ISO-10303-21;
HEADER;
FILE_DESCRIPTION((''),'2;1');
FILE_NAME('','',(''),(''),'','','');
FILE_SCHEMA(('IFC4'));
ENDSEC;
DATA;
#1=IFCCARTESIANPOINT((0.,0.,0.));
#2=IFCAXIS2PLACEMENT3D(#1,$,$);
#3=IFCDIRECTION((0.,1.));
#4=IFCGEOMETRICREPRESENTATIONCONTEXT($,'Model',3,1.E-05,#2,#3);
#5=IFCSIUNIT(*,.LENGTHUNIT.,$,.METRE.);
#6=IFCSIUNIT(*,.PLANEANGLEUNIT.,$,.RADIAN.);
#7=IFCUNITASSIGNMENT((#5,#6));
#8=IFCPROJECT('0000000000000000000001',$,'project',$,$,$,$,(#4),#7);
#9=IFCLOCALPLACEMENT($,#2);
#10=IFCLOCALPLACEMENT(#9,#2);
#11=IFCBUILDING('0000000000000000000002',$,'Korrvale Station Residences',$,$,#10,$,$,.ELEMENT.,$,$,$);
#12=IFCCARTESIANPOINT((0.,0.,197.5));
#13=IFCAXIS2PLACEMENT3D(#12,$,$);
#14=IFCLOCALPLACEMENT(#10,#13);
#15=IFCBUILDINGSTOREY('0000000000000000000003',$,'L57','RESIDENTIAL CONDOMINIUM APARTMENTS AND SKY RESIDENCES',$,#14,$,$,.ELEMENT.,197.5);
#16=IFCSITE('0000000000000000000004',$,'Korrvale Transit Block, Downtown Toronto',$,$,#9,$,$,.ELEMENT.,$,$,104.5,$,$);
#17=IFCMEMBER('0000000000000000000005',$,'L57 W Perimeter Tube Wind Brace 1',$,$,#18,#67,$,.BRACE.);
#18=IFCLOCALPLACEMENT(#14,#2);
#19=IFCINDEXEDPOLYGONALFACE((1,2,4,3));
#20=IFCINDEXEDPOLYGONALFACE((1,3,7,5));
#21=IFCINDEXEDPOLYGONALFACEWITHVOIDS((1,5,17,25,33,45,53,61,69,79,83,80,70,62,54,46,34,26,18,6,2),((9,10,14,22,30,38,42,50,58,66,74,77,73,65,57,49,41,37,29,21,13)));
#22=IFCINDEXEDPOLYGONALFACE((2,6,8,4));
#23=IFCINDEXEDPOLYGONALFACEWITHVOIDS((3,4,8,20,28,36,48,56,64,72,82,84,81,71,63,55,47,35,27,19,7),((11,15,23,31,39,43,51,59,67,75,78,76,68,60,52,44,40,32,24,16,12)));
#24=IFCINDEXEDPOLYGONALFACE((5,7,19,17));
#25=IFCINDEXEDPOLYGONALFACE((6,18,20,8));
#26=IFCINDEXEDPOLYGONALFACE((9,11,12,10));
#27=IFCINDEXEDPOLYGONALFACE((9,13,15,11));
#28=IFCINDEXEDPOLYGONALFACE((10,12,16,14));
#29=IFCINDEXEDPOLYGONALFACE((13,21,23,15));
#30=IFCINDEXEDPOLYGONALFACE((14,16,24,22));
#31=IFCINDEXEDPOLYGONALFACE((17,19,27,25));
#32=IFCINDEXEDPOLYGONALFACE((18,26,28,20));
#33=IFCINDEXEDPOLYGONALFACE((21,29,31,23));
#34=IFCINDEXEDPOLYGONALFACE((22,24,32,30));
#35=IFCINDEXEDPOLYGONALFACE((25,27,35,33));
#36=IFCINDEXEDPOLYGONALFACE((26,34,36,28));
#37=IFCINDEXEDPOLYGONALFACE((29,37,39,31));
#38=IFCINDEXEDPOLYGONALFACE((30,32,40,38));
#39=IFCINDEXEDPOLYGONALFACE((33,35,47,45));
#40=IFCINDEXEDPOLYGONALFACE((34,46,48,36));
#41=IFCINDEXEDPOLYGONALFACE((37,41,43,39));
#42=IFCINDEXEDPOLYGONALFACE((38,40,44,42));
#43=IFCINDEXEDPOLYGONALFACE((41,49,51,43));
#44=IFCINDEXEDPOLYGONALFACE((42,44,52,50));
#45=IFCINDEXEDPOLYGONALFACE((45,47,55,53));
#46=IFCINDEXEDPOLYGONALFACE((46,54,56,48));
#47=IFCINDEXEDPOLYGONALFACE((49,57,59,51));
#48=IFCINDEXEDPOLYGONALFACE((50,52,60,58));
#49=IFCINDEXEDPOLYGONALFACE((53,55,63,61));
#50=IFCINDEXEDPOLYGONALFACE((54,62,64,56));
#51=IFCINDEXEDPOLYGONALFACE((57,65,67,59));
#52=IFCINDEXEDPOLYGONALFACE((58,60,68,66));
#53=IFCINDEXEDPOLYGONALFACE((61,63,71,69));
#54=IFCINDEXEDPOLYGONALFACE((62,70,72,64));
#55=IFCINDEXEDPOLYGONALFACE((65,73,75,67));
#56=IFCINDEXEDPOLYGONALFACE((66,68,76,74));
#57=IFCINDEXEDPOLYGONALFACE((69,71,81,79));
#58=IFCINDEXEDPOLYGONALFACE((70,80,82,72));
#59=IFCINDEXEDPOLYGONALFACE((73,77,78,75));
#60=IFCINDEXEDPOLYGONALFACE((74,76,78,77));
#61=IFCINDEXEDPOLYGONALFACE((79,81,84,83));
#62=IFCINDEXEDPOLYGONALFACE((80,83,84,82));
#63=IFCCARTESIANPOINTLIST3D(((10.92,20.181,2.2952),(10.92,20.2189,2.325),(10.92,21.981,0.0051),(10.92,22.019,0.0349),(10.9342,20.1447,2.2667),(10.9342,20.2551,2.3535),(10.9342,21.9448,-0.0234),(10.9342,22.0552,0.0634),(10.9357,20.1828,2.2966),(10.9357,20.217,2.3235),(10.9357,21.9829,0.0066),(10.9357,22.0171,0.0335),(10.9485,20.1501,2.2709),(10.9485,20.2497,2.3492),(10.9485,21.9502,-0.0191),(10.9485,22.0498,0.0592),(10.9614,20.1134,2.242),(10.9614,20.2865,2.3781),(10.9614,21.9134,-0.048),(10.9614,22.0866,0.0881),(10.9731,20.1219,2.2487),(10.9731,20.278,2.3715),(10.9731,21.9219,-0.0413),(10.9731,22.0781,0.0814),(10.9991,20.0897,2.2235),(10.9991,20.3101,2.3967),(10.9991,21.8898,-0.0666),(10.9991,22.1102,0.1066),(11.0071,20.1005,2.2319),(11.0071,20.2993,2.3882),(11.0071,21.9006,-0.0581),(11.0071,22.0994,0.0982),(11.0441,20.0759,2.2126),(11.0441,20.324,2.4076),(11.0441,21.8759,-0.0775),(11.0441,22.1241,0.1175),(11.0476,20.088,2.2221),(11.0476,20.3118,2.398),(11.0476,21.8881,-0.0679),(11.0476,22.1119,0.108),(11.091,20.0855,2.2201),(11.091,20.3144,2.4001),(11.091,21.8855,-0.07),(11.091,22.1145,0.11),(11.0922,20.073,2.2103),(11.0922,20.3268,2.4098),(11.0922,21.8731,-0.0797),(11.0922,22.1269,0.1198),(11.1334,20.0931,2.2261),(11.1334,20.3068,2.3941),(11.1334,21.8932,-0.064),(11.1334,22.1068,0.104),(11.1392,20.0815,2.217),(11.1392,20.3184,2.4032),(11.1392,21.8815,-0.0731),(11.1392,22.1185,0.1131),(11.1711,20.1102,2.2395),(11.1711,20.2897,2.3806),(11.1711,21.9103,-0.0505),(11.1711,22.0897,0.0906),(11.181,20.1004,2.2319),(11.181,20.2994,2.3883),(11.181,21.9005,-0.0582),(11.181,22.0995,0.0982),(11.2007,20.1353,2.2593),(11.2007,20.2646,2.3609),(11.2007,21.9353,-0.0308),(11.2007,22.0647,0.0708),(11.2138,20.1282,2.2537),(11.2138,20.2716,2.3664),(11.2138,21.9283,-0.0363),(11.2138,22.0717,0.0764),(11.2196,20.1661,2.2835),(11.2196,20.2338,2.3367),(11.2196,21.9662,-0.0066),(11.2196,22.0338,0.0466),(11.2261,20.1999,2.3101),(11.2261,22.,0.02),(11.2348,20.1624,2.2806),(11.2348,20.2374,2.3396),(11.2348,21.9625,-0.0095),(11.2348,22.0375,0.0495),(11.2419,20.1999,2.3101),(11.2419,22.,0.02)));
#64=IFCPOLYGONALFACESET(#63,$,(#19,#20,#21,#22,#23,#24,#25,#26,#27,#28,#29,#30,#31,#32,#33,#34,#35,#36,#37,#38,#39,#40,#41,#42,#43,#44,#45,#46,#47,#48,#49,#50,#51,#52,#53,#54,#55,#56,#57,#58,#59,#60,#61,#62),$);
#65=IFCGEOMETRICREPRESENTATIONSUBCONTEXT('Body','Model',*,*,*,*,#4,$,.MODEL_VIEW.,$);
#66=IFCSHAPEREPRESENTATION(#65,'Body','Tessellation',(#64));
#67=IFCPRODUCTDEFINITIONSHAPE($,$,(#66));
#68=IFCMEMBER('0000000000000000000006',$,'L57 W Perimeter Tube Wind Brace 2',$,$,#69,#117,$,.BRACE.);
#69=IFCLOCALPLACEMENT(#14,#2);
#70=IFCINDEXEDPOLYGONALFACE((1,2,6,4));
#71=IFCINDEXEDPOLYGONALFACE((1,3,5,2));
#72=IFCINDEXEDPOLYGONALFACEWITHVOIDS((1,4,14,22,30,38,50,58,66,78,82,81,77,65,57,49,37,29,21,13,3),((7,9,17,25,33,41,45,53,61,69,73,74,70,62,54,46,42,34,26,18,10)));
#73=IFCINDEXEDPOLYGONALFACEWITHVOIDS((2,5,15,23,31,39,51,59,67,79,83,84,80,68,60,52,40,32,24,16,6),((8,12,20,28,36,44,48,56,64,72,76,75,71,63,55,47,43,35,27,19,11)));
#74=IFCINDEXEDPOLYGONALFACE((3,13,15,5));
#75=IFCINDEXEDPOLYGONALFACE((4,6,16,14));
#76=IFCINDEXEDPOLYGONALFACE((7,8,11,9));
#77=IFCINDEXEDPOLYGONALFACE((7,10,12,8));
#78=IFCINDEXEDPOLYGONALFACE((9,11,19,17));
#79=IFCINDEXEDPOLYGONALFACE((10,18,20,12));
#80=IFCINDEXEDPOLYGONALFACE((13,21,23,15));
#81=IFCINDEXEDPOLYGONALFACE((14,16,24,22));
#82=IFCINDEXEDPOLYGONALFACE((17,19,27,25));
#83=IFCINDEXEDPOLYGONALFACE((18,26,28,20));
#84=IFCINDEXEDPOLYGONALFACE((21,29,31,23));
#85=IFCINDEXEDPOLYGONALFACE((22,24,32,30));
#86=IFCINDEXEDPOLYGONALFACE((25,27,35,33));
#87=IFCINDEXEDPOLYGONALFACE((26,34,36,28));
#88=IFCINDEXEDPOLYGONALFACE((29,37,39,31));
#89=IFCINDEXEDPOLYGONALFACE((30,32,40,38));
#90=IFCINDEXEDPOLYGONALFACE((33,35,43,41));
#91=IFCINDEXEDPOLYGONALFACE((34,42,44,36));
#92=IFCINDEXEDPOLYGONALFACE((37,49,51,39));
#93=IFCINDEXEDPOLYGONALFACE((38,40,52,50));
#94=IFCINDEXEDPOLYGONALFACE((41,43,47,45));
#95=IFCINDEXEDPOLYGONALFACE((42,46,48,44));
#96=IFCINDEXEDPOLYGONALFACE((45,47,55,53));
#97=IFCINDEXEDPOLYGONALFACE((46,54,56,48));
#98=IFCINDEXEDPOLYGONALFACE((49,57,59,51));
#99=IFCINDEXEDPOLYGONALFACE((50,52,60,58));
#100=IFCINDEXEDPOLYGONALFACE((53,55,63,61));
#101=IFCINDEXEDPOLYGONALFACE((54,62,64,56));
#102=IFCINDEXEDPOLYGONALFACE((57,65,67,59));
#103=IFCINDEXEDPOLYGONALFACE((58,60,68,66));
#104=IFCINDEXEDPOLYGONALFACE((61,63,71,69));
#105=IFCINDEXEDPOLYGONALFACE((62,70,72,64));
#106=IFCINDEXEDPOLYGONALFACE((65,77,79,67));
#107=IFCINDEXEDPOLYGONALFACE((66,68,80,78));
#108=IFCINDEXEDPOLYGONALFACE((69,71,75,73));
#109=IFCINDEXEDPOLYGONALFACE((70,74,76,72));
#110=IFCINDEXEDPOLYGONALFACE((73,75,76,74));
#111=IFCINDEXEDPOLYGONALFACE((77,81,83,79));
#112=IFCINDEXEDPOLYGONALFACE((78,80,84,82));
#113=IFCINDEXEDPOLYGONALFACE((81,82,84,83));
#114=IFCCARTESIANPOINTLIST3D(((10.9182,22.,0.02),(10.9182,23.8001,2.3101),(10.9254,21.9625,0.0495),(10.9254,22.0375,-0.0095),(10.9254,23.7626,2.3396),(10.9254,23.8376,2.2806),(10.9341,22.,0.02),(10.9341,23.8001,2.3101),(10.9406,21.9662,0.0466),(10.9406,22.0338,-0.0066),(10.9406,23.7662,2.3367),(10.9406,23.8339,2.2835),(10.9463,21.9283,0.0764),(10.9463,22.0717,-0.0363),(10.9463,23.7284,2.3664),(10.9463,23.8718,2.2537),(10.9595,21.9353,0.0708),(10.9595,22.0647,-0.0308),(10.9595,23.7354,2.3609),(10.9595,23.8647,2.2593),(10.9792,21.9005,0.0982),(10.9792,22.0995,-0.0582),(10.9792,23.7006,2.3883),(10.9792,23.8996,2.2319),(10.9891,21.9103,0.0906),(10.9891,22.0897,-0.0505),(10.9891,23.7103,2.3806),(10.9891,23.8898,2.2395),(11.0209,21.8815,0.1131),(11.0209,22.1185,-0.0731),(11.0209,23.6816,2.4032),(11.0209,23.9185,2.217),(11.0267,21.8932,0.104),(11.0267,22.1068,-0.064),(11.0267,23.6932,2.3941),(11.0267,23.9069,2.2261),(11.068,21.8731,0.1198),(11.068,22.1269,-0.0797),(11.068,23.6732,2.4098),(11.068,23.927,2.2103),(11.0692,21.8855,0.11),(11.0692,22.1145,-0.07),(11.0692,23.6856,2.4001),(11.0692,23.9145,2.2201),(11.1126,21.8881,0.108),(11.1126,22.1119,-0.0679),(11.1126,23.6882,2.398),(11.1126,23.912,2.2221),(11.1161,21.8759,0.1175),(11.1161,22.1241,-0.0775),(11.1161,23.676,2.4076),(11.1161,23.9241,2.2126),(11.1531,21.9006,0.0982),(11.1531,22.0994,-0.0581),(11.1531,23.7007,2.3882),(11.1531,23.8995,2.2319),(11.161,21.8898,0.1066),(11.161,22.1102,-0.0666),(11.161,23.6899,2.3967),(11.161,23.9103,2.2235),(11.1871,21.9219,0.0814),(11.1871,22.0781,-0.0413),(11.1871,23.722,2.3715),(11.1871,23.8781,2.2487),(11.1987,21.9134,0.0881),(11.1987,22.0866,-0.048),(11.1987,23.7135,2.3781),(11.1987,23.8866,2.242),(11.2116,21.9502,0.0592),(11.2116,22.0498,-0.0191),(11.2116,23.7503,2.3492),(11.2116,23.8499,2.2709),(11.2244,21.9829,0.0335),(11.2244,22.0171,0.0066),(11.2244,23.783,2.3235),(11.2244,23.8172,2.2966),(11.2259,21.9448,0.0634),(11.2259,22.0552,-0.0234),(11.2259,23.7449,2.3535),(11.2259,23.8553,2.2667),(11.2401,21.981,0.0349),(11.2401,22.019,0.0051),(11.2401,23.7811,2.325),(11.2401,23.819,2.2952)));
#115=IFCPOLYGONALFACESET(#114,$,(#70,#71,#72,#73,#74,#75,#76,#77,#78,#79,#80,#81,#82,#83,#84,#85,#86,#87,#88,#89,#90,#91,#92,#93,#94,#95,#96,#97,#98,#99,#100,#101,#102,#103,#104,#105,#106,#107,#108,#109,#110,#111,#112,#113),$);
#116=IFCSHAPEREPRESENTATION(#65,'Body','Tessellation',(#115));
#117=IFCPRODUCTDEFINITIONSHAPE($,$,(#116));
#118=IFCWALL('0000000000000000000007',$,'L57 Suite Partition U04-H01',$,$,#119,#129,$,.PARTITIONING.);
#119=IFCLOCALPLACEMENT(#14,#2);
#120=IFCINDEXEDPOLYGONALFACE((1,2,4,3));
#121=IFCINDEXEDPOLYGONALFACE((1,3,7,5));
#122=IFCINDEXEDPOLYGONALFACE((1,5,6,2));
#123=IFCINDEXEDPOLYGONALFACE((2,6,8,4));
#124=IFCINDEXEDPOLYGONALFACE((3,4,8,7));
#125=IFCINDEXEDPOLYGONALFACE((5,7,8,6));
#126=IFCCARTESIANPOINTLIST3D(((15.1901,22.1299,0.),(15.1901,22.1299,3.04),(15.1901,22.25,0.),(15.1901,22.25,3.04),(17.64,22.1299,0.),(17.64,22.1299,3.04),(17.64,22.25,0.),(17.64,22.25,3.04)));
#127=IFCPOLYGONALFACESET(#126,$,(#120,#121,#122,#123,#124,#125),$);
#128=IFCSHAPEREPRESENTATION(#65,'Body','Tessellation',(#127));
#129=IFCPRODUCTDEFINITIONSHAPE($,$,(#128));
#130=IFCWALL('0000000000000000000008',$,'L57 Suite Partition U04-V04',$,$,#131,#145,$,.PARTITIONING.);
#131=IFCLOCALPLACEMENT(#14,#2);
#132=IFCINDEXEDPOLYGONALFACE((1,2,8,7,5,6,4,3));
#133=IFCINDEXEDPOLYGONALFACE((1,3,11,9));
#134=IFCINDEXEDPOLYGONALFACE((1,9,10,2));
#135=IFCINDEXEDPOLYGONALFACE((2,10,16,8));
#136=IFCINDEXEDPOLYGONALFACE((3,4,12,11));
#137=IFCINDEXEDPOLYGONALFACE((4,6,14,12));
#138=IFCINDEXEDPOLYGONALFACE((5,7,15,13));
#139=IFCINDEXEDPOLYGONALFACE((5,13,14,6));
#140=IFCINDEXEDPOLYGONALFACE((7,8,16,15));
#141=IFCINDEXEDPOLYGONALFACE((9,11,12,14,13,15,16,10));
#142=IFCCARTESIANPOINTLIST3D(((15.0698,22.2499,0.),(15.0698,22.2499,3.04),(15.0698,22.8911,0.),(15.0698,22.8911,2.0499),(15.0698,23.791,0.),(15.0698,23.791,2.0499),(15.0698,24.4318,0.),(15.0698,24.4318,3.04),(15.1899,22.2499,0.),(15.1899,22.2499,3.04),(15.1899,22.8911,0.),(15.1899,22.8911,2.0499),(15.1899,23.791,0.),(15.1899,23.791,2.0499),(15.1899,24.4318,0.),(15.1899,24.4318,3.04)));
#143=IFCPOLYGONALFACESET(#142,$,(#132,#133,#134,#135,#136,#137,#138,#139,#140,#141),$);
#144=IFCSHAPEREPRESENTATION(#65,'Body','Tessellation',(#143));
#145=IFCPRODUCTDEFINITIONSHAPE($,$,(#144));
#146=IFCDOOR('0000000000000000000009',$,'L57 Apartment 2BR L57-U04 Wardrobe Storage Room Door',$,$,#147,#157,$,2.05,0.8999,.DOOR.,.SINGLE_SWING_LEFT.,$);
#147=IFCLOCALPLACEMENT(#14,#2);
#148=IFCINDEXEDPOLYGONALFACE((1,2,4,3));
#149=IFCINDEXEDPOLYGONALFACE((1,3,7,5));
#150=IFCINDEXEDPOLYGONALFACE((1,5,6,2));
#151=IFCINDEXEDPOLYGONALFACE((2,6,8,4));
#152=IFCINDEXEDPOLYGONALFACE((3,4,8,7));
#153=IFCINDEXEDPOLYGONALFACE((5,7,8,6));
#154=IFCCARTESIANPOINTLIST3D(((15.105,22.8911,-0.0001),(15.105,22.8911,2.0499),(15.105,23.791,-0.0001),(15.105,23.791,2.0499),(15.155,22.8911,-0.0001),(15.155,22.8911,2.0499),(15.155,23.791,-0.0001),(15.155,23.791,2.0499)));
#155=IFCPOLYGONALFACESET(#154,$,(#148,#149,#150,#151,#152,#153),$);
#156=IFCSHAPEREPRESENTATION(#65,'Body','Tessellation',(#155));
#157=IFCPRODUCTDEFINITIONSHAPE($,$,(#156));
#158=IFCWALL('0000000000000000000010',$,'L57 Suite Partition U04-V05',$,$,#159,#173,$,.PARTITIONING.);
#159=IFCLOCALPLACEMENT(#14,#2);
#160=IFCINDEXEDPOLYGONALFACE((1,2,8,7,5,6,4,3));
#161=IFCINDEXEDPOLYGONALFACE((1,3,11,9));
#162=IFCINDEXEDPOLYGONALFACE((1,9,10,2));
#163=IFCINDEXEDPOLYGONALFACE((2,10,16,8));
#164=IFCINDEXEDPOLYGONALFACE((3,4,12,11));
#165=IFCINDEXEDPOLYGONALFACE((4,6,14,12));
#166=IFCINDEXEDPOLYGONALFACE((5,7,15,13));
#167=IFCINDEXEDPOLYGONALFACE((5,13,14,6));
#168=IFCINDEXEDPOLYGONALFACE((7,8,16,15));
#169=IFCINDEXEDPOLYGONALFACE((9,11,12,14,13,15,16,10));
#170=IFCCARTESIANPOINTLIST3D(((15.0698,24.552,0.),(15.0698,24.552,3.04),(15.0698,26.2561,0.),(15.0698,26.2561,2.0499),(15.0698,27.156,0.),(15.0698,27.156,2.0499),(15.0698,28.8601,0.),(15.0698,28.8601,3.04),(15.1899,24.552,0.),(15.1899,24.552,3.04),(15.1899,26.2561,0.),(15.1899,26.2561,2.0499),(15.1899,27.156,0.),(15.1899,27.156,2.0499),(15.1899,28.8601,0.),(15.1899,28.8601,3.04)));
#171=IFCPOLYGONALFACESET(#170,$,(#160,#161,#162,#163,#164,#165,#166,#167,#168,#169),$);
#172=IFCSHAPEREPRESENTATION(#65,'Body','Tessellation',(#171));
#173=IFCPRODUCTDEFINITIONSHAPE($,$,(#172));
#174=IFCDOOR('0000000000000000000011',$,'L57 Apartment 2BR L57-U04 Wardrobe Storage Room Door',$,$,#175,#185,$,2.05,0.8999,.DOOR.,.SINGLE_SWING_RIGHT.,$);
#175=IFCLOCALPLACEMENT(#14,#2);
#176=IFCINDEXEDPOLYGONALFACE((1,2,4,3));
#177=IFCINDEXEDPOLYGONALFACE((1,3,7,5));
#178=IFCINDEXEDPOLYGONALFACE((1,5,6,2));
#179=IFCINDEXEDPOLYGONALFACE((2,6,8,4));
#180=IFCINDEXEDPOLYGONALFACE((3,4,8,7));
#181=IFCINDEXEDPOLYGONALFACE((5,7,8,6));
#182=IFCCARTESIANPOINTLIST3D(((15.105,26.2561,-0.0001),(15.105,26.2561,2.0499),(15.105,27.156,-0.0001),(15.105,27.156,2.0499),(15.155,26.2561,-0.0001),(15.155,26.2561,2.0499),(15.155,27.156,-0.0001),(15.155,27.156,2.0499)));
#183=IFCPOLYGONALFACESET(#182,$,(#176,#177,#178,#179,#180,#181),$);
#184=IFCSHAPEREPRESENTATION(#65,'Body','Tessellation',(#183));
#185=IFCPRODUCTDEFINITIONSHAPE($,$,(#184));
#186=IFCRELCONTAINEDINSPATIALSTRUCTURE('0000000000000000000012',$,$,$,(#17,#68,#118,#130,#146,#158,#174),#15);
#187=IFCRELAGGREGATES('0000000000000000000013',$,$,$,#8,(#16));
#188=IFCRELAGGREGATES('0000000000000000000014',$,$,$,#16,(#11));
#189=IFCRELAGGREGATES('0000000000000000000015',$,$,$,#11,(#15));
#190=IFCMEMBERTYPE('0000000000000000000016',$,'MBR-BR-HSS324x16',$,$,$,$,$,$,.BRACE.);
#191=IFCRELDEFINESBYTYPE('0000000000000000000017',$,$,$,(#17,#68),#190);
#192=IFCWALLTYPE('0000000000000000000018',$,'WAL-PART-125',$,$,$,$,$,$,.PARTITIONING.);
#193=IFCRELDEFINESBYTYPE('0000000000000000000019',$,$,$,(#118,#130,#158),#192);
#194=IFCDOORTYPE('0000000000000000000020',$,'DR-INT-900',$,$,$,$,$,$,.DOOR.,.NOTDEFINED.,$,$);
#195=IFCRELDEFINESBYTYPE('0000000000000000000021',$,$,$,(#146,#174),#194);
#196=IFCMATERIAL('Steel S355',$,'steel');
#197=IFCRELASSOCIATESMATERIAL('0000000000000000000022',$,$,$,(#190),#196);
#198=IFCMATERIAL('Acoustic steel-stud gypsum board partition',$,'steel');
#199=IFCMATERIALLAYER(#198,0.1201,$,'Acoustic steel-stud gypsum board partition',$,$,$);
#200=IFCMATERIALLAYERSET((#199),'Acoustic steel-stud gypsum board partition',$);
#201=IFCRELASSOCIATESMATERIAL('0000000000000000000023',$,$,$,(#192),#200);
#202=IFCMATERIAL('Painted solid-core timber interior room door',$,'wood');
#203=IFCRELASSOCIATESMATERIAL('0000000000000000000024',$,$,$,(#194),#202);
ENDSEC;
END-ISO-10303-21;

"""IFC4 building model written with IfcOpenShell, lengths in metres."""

from ifc_helpers import new_model, si_unit, direction, frame, frame_2d, origin, origin_2d, place, context, subcontext, project, spatial, rectangle, hollow_circle, extrude, material, layer, layer_set, material_profile, profile_set, type_object, element, fill, save


model = new_model("IFC4")

# Units and contexts
model_context = context("Model", 3, precision=1e-05, world=origin(), true_north=direction((0.0, 1.0)))
body_context = subcontext(model_context, "Body", "Model", "MODEL_VIEW")
ifc_project = project(units=[si_unit("LENGTHUNIT", "METRE"), si_unit("PLANEANGLEUNIT", "RADIAN")], contexts=[model_context])

# Site, building, storey
site_placement = place(None, origin())
site = spatial("IfcSite", under=ifc_project, at=site_placement, Name="Korrvale Transit Block, Downtown Toronto", CompositionType="ELEMENT", RefElevation=104.5)
building_placement = place(site_placement, origin())
building = spatial("IfcBuilding", under=site, at=building_placement, Name="Korrvale Station Residences", CompositionType="ELEMENT")
storey_placement = place(building_placement, frame((0.0, 0.0, 197.5)))
storey = spatial("IfcBuildingStorey", under=building, at=storey_placement, Name="L57", Description="RESIDENTIAL CONDOMINIUM APARTMENTS AND SKY RESIDENCES", CompositionType="ELEMENT", Elevation=197.5)

# Shared definitions
ifc_material_1 = material(Name="Steel S355", Category="steel")

# Members
ifc_material_profile_1 = material_profile(ifc_material_1, hollow_circle(Radius=0.1619, WallThickness=0.0159, at=origin_2d()), Name="HSS324x16")
ifc_profile_set_1 = profile_set([ifc_material_profile_1], Name="Steel S355")
member_type = type_object("IfcMemberType", Name="MBR-BR-HSS324x16", PredefinedType="BRACE", material=ifc_profile_set_1)
for number, where, z_axis, x_axis, name in (
    (1, (11.0801, 22.0, 0.02), (0.0, -0.617977, 0.786196), (1.0, 0.0, 0.0), "L57 W Perimeter Tube Wind Brace 1"),
    (2, (11.0801, 22.0, 0.02), (0.0, 0.617977, 0.786196), (-1.0, 0.0, 0.0), "L57 W Perimeter Tube Wind Brace 2"),
):
    element("IfcMember", number, at=place(storey_placement, frame(where, z_axis=z_axis, x_axis=x_axis)), inside=storey, type_object=member_type, Name=name, PredefinedType="BRACE", context=body_context, shape_type="SweptSolid", body=[
        extrude(hollow_circle(Radius=0.1619, WallThickness=0.0159, at=origin_2d()), origin(), (0.0, 0.0, 1.0), 2.9128),
    ])

# Wall
ifc_material_2 = material(Name="Acoustic steel-stud gypsum board partition", Category="steel")
ifc_layer_1 = layer(ifc_material_2, 0.1201, Name="Acoustic steel-stud gypsum board partition")
ifc_layer_set_1 = layer_set([ifc_layer_1], Name="Acoustic steel-stud gypsum board partition")
wall_type_1 = type_object("IfcWallType", Name="WAL-PART-125", PredefinedType="PARTITIONING", material=ifc_layer_set_1)
wall_1_placement = place(storey_placement, frame((15.1899, 22.1899, 0.0), z_axis=(0.0, 0.0, 1.0), x_axis=(1.0, 0.0, 0.0)))
element("IfcWall", 3, at=wall_1_placement, inside=storey, type_object=wall_type_1, Name="L57 Suite Partition U04-H01", PredefinedType="PARTITIONING", context=body_context, shape_type="SweptSolid", body=[
    extrude(rectangle(XDim=2.45, YDim=0.1201, at=frame_2d((1.2251, 0.0))), origin(), (0.0, 0.0, 1.0), 3.04),
])

# Walls, openings, doors
wall_2_placement = place(storey_placement, frame((15.1299, 22.25, 0.0), z_axis=(0.0, 0.0, 1.0), x_axis=(0.0, 1.0, 0.0)))
wall_2 = element("IfcWall", 4, at=wall_2_placement, inside=storey, type_object=wall_type_1, Name="L57 Suite Partition U04-V04", PredefinedType="PARTITIONING", context=body_context, shape_type="SweptSolid", body=[
    extrude(rectangle(XDim=2.1819, YDim=0.1201, at=frame_2d((1.0908, 0.0))), origin(), (0.0, 0.0, 1.0), 3.04),
])
opening_1_placement = place(wall_2_placement, frame((0.6411, 0.0, 0.0)))
opening_1 = element("IfcOpeningElement", 5, at=opening_1_placement, cuts=wall_2, PredefinedType="OPENING", context=body_context, shape_type="SweptSolid", body=[
    extrude(rectangle(XDim=0.8999, YDim=2.05, at=frame_2d((0.45, 1.0249))), frame((0.0, 0.0701, 0.0), z_axis=(0.0, -1.0, 0.0), x_axis=(1.0, 0.0, 0.0)), (0.0, 0.0, 1.0), 0.1401),
])
ifc_material_3 = material(Name="Painted solid-core timber interior room door", Category="wood")
door_type = type_object("IfcDoorType", Name="DR-INT-900", OperationType="NOTDEFINED", PredefinedType="DOOR", material=ifc_material_3)
door_1_placement = place(opening_1_placement, origin())
door_1 = element("IfcDoor", 6, at=door_1_placement, inside=storey, type_object=door_type, Name="L57 Apartment 2BR L57-U04 Wardrobe Storage Room Door", OperationType="SINGLE_SWING_LEFT", OverallHeight=2.05, OverallWidth=0.8999, PredefinedType="DOOR", context=body_context, shape_type="SweptSolid", body=[
    extrude(rectangle(XDim=0.8999, YDim=2.05, at=frame_2d((0.45, 1.0249))), frame((0.0, 0.0249, 0.0), z_axis=(0.0, -1.0, 0.0), x_axis=(1.0, 0.0, 0.0)), (0.0, 0.0, 1.0), 0.05),
])
fill(opening_1, door_1)
wall_3_placement = place(storey_placement, frame((15.1299, 24.552, 0.0), z_axis=(0.0, 0.0, 1.0), x_axis=(0.0, 1.0, 0.0)))
wall_3 = element("IfcWall", 7, at=wall_3_placement, inside=storey, type_object=wall_type_1, Name="L57 Suite Partition U04-V05", PredefinedType="PARTITIONING", context=body_context, shape_type="SweptSolid", body=[
    extrude(rectangle(XDim=4.3081, YDim=0.1201, at=frame_2d((2.1541, 0.0))), origin(), (0.0, 0.0, 1.0), 3.04),
])
opening_2_placement = place(wall_3_placement, frame((1.7041, 0.0, 0.0)))
opening_2 = element("IfcOpeningElement", 8, at=opening_2_placement, cuts=wall_3, PredefinedType="OPENING", context=body_context, shape_type="SweptSolid", body=[
    extrude(rectangle(XDim=0.8999, YDim=2.05, at=frame_2d((0.45, 1.0249))), frame((0.0, 0.0701, 0.0), z_axis=(0.0, -1.0, 0.0), x_axis=(1.0, 0.0, 0.0)), (0.0, 0.0, 1.0), 0.1401),
])
door_2_placement = place(opening_2_placement, origin())
door_2 = element("IfcDoor", 9, at=door_2_placement, inside=storey, type_object=door_type, Name="L57 Apartment 2BR L57-U04 Wardrobe Storage Room Door", OperationType="SINGLE_SWING_RIGHT", OverallHeight=2.05, OverallWidth=0.8999, PredefinedType="DOOR", context=body_context, shape_type="SweptSolid", body=[
    extrude(rectangle(XDim=0.8999, YDim=2.05, at=frame_2d((0.45, 1.0249))), frame((0.0, 0.0249, 0.0), z_axis=(0.0, -1.0, 0.0), x_axis=(1.0, 0.0, 0.0)), (0.0, 0.0, 1.0), 0.05),
])
fill(opening_2, door_2)

save(model, "model.ifc")
